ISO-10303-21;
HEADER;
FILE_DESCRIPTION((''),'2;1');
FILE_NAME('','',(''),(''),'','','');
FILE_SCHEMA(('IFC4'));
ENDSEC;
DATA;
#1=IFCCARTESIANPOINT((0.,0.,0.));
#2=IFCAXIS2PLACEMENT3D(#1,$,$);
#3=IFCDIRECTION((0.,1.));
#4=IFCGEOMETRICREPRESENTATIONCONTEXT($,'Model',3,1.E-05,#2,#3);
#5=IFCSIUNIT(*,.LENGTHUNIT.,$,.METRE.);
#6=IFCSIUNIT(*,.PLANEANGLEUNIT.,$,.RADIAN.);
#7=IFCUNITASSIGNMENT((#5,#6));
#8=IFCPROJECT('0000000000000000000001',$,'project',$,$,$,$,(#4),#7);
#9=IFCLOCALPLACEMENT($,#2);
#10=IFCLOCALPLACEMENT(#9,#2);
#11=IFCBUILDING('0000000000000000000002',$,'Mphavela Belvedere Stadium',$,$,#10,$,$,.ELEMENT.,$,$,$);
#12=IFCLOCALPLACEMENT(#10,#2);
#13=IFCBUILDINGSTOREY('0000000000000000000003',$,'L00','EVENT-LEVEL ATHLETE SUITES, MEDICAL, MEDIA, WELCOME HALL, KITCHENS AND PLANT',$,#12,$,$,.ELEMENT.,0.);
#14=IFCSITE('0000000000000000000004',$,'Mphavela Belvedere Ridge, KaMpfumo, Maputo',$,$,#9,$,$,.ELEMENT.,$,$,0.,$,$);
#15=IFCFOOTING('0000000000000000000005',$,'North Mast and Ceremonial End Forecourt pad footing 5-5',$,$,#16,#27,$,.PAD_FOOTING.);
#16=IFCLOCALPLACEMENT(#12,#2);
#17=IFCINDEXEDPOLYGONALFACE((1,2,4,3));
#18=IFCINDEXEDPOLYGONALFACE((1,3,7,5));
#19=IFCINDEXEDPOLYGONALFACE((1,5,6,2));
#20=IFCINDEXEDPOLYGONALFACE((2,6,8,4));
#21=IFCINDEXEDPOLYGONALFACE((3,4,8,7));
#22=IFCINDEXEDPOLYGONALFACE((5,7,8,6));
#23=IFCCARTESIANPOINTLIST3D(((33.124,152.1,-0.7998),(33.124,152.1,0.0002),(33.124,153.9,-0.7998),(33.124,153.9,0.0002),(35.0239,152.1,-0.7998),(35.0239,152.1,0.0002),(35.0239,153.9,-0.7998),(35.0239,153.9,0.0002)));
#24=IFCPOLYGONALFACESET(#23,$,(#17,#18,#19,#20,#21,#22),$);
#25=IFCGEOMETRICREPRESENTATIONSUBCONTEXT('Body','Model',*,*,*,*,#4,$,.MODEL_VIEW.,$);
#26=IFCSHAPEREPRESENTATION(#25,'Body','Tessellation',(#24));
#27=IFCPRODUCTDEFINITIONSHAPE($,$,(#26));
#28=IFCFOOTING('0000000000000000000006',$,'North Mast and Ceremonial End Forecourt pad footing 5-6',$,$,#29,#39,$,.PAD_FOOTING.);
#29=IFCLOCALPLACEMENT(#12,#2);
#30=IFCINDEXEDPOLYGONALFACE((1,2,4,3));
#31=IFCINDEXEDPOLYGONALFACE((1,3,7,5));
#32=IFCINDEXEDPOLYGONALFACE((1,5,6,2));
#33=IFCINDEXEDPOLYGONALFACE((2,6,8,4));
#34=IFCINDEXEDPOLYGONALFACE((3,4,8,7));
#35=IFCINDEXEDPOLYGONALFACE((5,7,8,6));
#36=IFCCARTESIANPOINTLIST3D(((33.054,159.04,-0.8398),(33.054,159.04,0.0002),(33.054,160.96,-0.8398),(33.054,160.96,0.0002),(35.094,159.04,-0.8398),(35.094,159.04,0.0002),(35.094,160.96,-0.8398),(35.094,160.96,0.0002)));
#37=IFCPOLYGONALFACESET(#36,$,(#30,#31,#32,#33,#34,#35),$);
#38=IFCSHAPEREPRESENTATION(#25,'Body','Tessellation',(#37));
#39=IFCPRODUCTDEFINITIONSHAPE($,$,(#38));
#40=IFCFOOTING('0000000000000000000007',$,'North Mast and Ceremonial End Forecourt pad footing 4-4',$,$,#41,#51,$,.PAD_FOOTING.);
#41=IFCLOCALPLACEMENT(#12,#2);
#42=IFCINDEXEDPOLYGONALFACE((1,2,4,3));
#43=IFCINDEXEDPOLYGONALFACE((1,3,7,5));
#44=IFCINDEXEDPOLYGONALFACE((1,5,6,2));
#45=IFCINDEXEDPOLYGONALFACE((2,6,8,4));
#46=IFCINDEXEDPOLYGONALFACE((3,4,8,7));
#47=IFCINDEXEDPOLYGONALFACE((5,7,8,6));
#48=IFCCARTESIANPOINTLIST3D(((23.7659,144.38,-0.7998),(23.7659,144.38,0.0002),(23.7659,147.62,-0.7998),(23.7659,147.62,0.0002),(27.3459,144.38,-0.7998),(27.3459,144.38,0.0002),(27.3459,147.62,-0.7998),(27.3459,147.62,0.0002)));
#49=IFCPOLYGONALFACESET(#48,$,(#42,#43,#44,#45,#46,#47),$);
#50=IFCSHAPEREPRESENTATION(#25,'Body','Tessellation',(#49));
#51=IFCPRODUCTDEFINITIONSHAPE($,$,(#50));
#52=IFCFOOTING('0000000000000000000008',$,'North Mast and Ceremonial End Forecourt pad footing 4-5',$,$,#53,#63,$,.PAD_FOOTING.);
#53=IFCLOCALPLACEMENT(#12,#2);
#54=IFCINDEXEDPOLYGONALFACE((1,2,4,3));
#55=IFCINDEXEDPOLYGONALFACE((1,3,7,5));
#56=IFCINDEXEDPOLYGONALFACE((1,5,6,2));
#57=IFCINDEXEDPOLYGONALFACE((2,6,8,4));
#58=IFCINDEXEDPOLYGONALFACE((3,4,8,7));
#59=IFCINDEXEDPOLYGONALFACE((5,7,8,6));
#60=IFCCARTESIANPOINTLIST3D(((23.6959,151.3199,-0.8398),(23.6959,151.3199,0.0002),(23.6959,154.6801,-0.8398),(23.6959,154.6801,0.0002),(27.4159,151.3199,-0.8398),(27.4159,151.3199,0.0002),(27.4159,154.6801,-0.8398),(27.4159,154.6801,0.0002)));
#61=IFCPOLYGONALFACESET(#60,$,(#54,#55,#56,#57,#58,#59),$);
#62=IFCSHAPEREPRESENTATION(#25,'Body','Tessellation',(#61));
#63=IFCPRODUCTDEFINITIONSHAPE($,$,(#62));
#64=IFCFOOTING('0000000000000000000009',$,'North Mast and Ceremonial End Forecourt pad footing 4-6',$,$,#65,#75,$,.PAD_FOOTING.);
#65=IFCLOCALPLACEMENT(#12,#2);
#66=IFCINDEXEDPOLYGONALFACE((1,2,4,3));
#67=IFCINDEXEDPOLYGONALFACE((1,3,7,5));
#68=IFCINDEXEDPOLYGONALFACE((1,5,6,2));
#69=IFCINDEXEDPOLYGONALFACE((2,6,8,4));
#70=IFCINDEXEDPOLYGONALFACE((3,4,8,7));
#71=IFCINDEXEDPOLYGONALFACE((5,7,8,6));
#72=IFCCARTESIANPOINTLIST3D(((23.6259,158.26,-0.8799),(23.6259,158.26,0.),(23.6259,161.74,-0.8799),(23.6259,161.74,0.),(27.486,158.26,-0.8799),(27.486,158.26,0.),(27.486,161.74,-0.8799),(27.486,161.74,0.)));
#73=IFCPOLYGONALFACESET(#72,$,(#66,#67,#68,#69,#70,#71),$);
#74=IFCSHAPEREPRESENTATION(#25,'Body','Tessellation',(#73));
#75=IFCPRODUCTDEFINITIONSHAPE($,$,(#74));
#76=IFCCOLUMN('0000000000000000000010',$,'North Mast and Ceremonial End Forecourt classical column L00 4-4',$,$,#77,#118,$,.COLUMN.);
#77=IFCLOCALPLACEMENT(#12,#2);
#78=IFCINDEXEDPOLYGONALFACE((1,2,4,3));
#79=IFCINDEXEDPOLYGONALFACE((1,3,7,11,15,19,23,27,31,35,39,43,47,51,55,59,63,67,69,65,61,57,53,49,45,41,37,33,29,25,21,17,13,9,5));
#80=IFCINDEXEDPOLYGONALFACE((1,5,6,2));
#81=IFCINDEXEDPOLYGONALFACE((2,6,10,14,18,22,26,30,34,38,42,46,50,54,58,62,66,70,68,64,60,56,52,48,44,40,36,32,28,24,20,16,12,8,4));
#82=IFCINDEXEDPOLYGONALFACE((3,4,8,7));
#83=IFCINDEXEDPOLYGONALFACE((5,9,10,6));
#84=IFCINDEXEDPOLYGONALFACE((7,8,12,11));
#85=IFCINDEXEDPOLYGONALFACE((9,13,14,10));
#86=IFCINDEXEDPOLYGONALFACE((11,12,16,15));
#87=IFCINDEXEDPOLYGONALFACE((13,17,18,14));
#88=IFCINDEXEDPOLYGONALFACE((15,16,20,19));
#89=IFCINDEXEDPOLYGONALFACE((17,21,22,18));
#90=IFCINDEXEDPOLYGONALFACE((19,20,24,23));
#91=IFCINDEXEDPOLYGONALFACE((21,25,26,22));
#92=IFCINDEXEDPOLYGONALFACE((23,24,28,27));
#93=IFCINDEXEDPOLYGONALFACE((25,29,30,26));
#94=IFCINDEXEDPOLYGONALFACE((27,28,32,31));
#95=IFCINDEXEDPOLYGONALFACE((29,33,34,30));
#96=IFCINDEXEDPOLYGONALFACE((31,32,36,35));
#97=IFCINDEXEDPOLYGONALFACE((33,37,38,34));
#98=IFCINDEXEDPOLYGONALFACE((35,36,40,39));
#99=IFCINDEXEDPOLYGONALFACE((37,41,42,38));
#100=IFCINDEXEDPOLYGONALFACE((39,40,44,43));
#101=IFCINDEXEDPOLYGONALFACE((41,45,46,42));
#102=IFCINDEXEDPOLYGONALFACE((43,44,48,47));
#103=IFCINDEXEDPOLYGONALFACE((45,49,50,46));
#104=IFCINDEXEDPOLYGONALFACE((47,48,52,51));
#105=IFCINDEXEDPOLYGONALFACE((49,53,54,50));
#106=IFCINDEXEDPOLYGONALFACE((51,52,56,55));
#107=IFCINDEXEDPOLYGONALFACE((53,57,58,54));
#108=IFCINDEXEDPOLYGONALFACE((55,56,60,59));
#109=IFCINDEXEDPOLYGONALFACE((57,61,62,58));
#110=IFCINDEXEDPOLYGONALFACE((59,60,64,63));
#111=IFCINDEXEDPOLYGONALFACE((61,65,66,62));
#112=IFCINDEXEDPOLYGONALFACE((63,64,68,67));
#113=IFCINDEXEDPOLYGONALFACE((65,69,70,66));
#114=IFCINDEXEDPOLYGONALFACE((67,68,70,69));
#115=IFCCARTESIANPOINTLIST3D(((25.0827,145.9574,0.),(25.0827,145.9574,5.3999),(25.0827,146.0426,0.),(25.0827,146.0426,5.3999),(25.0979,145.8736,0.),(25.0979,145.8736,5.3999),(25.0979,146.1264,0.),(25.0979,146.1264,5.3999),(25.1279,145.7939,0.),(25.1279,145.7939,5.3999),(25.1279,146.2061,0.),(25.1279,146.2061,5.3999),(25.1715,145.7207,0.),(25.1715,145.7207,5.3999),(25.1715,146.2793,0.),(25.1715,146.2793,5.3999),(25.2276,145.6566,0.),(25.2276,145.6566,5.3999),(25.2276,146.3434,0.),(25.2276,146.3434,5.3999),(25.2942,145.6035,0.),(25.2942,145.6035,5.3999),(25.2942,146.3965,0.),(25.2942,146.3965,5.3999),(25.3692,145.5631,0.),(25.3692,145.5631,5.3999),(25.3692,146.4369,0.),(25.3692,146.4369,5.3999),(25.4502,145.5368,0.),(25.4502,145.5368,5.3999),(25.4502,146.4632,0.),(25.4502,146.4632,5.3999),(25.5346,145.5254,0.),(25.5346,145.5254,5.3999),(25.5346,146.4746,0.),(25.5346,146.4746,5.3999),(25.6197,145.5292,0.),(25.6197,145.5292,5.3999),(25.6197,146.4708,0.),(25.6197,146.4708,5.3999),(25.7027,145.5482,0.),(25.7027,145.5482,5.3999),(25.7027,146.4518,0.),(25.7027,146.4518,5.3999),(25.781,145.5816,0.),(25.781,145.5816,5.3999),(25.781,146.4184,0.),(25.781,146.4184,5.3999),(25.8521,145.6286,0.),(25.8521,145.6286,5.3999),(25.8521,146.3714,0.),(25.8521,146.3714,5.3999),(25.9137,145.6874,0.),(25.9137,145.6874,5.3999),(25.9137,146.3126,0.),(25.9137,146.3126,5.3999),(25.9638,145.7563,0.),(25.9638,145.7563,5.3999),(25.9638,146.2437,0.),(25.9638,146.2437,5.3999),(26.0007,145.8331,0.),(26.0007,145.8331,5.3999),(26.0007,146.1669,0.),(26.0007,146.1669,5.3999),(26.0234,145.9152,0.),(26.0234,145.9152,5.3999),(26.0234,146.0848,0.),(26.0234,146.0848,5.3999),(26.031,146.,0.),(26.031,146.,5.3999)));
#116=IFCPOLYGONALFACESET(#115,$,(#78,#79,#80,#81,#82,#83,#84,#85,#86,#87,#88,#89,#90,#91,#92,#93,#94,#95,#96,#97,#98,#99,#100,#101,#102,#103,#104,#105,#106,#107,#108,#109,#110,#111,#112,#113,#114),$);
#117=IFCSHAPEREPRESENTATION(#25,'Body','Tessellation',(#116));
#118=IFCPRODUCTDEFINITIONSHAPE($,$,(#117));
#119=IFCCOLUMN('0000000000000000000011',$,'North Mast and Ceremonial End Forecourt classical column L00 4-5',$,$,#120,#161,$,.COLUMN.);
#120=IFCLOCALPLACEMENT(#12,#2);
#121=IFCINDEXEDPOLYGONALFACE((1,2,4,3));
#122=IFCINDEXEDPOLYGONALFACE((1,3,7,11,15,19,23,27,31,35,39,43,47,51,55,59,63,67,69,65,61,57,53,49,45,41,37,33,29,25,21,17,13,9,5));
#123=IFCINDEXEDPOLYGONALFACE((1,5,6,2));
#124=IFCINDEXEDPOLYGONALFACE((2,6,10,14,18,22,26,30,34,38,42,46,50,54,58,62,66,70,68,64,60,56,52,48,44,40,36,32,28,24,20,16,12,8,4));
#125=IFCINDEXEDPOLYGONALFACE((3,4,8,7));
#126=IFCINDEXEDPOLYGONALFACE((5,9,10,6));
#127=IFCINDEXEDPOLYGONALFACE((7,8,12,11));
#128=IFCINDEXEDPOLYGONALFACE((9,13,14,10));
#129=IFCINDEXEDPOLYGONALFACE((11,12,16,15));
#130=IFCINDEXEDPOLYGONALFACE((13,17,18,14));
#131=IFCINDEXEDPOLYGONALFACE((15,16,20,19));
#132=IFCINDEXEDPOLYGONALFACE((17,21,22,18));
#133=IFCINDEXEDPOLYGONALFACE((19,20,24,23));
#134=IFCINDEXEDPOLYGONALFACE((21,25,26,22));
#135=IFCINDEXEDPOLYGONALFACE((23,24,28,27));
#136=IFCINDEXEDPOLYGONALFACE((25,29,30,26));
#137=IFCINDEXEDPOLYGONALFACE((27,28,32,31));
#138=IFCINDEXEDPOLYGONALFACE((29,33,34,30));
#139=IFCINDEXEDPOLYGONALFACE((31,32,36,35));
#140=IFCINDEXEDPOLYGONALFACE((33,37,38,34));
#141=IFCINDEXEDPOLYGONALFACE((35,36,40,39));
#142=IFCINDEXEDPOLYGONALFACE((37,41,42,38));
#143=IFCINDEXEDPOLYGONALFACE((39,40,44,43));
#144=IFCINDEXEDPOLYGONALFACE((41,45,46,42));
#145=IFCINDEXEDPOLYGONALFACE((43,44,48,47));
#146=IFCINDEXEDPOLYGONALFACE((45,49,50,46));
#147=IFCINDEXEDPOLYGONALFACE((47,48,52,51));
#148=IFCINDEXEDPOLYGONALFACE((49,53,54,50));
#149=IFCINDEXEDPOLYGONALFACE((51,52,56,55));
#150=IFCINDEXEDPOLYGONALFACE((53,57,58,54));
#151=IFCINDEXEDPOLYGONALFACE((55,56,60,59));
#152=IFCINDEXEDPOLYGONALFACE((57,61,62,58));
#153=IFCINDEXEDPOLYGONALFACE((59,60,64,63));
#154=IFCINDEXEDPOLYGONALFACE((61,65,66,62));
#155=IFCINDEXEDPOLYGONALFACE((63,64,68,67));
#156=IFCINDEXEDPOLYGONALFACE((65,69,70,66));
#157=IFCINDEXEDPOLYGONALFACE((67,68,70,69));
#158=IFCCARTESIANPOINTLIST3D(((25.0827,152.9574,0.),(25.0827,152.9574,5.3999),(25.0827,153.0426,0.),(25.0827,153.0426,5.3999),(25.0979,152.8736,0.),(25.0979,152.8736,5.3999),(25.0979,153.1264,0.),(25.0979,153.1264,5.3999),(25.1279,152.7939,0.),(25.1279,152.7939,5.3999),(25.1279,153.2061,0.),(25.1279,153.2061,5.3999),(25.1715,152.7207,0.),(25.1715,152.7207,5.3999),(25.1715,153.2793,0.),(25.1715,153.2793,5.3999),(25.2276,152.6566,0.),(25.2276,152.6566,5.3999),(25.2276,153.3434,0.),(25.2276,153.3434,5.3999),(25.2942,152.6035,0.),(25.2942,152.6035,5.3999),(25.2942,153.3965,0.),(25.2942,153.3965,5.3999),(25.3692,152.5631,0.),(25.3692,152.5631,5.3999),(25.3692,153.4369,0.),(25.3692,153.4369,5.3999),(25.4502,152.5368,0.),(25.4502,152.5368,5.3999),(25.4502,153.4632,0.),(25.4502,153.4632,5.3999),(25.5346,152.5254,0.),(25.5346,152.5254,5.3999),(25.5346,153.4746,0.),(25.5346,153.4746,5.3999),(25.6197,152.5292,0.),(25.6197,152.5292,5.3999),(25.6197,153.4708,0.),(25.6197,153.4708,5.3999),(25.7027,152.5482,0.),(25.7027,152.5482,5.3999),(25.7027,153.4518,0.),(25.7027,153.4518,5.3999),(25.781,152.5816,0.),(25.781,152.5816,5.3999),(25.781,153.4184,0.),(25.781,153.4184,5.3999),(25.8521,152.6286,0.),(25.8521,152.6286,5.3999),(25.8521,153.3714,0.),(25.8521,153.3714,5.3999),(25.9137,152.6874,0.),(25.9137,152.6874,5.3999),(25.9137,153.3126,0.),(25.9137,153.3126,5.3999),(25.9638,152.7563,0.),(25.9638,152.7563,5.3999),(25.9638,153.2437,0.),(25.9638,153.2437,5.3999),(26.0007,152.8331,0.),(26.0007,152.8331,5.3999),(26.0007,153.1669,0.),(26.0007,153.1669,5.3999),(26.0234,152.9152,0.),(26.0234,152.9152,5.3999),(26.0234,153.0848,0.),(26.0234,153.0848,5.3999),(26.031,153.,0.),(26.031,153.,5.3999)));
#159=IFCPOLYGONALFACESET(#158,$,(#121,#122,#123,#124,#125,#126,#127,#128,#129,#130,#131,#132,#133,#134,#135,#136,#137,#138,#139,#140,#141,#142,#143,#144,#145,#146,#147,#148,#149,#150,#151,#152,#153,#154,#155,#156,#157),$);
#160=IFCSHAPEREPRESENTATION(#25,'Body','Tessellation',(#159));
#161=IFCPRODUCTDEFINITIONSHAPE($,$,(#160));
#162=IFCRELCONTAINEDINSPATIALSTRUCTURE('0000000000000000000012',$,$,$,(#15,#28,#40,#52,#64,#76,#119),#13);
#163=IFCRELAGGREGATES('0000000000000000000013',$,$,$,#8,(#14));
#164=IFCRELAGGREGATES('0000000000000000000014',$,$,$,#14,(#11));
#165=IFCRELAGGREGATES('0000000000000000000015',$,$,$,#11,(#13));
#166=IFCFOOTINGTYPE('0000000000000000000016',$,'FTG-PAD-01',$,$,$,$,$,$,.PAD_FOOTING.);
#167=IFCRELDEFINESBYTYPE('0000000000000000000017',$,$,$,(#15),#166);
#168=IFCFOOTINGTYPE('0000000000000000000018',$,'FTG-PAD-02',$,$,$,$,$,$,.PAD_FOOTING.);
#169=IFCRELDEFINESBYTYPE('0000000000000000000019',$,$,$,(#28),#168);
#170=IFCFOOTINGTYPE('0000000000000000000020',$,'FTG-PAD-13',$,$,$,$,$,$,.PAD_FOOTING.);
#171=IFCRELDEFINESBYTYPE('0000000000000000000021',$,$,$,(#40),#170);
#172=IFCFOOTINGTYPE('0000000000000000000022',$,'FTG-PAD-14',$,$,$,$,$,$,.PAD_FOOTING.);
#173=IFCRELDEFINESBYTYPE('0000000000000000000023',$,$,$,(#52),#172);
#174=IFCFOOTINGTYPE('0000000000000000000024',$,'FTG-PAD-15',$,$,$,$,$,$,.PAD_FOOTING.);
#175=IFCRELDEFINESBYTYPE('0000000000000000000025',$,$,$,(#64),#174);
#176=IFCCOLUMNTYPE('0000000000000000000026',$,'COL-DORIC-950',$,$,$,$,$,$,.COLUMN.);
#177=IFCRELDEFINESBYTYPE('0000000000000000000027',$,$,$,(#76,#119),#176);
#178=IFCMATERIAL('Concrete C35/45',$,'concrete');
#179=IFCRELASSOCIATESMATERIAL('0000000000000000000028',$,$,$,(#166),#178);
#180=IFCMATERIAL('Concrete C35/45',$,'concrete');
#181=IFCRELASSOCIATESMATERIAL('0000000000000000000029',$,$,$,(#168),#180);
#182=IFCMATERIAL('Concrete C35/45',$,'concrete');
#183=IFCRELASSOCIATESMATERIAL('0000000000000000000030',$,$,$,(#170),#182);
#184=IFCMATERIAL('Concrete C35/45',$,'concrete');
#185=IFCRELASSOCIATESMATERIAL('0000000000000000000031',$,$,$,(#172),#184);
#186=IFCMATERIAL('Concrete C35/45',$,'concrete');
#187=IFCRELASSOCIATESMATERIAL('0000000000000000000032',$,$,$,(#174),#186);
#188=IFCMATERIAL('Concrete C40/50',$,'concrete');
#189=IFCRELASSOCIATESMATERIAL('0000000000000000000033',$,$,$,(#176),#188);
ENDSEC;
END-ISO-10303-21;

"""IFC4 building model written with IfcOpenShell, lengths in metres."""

from ifc_helpers import new_model, si_unit, direction, frame, origin, origin_2d, place, context, subcontext, project, spatial, rectangle, circle, extrude, material, material_profile, profile_set, type_object, element, save


model = new_model("IFC4")

# Units and contexts
model_context = context("Model", 3, precision=1e-05, world=origin(), true_north=direction((0.0, 1.0)))
body_context = subcontext(model_context, "Body", "Model", "MODEL_VIEW")
ifc_project = project(units=[si_unit("LENGTHUNIT", "METRE"), si_unit("PLANEANGLEUNIT", "RADIAN")], contexts=[model_context])

# Site, building, storey
site_placement = place(None, origin())
site = spatial("IfcSite", under=ifc_project, at=site_placement, Name="Mphavela Belvedere Ridge, KaMpfumo, Maputo", CompositionType="ELEMENT", RefElevation=0.0)
building_placement = place(site_placement, origin())
building = spatial("IfcBuilding", under=site, at=building_placement, Name="Mphavela Belvedere Stadium", CompositionType="ELEMENT")
storey_placement = place(building_placement, origin())
storey = spatial("IfcBuildingStorey", under=building, at=storey_placement, Name="L00", Description="EVENT-LEVEL ATHLETE SUITES, MEDICAL, MEDIA, WELCOME HALL, KITCHENS AND PLANT", CompositionType="ELEMENT", Elevation=0.0)

# Footings
ifc_material_1 = material(Name="Concrete C35/45", Category="concrete")
footing_type_1 = type_object("IfcFootingType", Name="FTG-PAD-01", PredefinedType="PAD_FOOTING", material=ifc_material_1)
footing_1_placement = place(storey_placement, frame((34.074, 153.0, -0.7998), z_axis=(0.0, 0.0, 1.0), x_axis=(1.0, 0.0, 0.0)))
element("IfcFooting", 1, at=footing_1_placement, inside=storey, type_object=footing_type_1, Name="North Mast and Ceremonial End Forecourt pad footing 5-5", PredefinedType="PAD_FOOTING", context=body_context, shape_type="SweptSolid", body=[
    extrude(rectangle(XDim=1.8999, YDim=1.8, at=origin_2d()), origin(), (0.0, 0.0, 1.0), 0.8),
])
ifc_material_2 = material(Name="Concrete C35/45", Category="concrete")
footing_type_2 = type_object("IfcFootingType", Name="FTG-PAD-02", PredefinedType="PAD_FOOTING", material=ifc_material_2)
footing_2_placement = place(storey_placement, frame((34.074, 160.0, -0.8398), z_axis=(0.0, 0.0, 1.0), x_axis=(1.0, 0.0, 0.0)))
element("IfcFooting", 2, at=footing_2_placement, inside=storey, type_object=footing_type_2, Name="North Mast and Ceremonial End Forecourt pad footing 5-6", PredefinedType="PAD_FOOTING", context=body_context, shape_type="SweptSolid", body=[
    extrude(rectangle(XDim=2.04, YDim=1.9199, at=origin_2d()), origin(), (0.0, 0.0, 1.0), 0.8401),
])
ifc_material_3 = material(Name="Concrete C35/45", Category="concrete")
footing_type_3 = type_object("IfcFootingType", Name="FTG-PAD-13", PredefinedType="PAD_FOOTING", material=ifc_material_3)
footing_3_placement = place(storey_placement, frame((25.5559, 146.0, -0.7998), z_axis=(0.0, 0.0, 1.0), x_axis=(1.0, 0.0, 0.0)))
element("IfcFooting", 3, at=footing_3_placement, inside=storey, type_object=footing_type_3, Name="North Mast and Ceremonial End Forecourt pad footing 4-4", PredefinedType="PAD_FOOTING", context=body_context, shape_type="SweptSolid", body=[
    extrude(rectangle(XDim=3.5801, YDim=3.24, at=origin_2d()), origin(), (0.0, 0.0, 1.0), 0.8),
])
ifc_material_4 = material(Name="Concrete C35/45", Category="concrete")
footing_type_4 = type_object("IfcFootingType", Name="FTG-PAD-14", PredefinedType="PAD_FOOTING", material=ifc_material_4)
footing_4_placement = place(storey_placement, frame((25.5559, 153.0, -0.8398), z_axis=(0.0, 0.0, 1.0), x_axis=(1.0, 0.0, 0.0)))
element("IfcFooting", 4, at=footing_4_placement, inside=storey, type_object=footing_type_4, Name="North Mast and Ceremonial End Forecourt pad footing 4-5", PredefinedType="PAD_FOOTING", context=body_context, shape_type="SweptSolid", body=[
    extrude(rectangle(XDim=3.72, YDim=3.3601, at=origin_2d()), origin(), (0.0, 0.0, 1.0), 0.8401),
])
ifc_material_5 = material(Name="Concrete C35/45", Category="concrete")
footing_type_5 = type_object("IfcFootingType", Name="FTG-PAD-15", PredefinedType="PAD_FOOTING", material=ifc_material_5)
footing_5_placement = place(storey_placement, frame((25.5559, 160.0, -0.8799), z_axis=(0.0, 0.0, 1.0), x_axis=(1.0, 0.0, 0.0)))
element("IfcFooting", 5, at=footing_5_placement, inside=storey, type_object=footing_type_5, Name="North Mast and Ceremonial End Forecourt pad footing 4-6", PredefinedType="PAD_FOOTING", context=body_context, shape_type="SweptSolid", body=[
    extrude(rectangle(XDim=3.8601, YDim=3.48, at=origin_2d()), origin(), (0.0, 0.0, 1.0), 0.8799),
])

# Columns
ifc_material_6 = material(Name="Concrete C40/50", Category="concrete")
ifc_material_profile_1 = material_profile(ifc_material_6, circle(Radius=0.4751, at=origin_2d()), Name="COL D950")
ifc_profile_set_1 = profile_set([ifc_material_profile_1], Name="Concrete C40/50")
column_type = type_object("IfcColumnType", Name="COL-DORIC-950", PredefinedType="COLUMN", material=ifc_profile_set_1)
for number, where, z_axis, x_axis, name in (
    (6, (25.5559, 146.0, 0.0), (0.0, 0.0, 1.0), (1.0, 0.0, 0.0), "North Mast and Ceremonial End Forecourt classical column L00 4-4"),
    (7, (25.5559, 153.0, 0.0), (0.0, 0.0, 1.0), (1.0, 0.0, 0.0), "North Mast and Ceremonial End Forecourt classical column L00 4-5"),
):
    element("IfcColumn", number, at=place(storey_placement, frame(where, z_axis=z_axis, x_axis=x_axis)), inside=storey, type_object=column_type, Name=name, PredefinedType="COLUMN", context=body_context, shape_type="SweptSolid", body=[
        extrude(circle(Radius=0.4751, at=origin_2d()), origin(), (0.0, 0.0, 1.0), 5.3999),
    ])

save(model, "model.ifc")
